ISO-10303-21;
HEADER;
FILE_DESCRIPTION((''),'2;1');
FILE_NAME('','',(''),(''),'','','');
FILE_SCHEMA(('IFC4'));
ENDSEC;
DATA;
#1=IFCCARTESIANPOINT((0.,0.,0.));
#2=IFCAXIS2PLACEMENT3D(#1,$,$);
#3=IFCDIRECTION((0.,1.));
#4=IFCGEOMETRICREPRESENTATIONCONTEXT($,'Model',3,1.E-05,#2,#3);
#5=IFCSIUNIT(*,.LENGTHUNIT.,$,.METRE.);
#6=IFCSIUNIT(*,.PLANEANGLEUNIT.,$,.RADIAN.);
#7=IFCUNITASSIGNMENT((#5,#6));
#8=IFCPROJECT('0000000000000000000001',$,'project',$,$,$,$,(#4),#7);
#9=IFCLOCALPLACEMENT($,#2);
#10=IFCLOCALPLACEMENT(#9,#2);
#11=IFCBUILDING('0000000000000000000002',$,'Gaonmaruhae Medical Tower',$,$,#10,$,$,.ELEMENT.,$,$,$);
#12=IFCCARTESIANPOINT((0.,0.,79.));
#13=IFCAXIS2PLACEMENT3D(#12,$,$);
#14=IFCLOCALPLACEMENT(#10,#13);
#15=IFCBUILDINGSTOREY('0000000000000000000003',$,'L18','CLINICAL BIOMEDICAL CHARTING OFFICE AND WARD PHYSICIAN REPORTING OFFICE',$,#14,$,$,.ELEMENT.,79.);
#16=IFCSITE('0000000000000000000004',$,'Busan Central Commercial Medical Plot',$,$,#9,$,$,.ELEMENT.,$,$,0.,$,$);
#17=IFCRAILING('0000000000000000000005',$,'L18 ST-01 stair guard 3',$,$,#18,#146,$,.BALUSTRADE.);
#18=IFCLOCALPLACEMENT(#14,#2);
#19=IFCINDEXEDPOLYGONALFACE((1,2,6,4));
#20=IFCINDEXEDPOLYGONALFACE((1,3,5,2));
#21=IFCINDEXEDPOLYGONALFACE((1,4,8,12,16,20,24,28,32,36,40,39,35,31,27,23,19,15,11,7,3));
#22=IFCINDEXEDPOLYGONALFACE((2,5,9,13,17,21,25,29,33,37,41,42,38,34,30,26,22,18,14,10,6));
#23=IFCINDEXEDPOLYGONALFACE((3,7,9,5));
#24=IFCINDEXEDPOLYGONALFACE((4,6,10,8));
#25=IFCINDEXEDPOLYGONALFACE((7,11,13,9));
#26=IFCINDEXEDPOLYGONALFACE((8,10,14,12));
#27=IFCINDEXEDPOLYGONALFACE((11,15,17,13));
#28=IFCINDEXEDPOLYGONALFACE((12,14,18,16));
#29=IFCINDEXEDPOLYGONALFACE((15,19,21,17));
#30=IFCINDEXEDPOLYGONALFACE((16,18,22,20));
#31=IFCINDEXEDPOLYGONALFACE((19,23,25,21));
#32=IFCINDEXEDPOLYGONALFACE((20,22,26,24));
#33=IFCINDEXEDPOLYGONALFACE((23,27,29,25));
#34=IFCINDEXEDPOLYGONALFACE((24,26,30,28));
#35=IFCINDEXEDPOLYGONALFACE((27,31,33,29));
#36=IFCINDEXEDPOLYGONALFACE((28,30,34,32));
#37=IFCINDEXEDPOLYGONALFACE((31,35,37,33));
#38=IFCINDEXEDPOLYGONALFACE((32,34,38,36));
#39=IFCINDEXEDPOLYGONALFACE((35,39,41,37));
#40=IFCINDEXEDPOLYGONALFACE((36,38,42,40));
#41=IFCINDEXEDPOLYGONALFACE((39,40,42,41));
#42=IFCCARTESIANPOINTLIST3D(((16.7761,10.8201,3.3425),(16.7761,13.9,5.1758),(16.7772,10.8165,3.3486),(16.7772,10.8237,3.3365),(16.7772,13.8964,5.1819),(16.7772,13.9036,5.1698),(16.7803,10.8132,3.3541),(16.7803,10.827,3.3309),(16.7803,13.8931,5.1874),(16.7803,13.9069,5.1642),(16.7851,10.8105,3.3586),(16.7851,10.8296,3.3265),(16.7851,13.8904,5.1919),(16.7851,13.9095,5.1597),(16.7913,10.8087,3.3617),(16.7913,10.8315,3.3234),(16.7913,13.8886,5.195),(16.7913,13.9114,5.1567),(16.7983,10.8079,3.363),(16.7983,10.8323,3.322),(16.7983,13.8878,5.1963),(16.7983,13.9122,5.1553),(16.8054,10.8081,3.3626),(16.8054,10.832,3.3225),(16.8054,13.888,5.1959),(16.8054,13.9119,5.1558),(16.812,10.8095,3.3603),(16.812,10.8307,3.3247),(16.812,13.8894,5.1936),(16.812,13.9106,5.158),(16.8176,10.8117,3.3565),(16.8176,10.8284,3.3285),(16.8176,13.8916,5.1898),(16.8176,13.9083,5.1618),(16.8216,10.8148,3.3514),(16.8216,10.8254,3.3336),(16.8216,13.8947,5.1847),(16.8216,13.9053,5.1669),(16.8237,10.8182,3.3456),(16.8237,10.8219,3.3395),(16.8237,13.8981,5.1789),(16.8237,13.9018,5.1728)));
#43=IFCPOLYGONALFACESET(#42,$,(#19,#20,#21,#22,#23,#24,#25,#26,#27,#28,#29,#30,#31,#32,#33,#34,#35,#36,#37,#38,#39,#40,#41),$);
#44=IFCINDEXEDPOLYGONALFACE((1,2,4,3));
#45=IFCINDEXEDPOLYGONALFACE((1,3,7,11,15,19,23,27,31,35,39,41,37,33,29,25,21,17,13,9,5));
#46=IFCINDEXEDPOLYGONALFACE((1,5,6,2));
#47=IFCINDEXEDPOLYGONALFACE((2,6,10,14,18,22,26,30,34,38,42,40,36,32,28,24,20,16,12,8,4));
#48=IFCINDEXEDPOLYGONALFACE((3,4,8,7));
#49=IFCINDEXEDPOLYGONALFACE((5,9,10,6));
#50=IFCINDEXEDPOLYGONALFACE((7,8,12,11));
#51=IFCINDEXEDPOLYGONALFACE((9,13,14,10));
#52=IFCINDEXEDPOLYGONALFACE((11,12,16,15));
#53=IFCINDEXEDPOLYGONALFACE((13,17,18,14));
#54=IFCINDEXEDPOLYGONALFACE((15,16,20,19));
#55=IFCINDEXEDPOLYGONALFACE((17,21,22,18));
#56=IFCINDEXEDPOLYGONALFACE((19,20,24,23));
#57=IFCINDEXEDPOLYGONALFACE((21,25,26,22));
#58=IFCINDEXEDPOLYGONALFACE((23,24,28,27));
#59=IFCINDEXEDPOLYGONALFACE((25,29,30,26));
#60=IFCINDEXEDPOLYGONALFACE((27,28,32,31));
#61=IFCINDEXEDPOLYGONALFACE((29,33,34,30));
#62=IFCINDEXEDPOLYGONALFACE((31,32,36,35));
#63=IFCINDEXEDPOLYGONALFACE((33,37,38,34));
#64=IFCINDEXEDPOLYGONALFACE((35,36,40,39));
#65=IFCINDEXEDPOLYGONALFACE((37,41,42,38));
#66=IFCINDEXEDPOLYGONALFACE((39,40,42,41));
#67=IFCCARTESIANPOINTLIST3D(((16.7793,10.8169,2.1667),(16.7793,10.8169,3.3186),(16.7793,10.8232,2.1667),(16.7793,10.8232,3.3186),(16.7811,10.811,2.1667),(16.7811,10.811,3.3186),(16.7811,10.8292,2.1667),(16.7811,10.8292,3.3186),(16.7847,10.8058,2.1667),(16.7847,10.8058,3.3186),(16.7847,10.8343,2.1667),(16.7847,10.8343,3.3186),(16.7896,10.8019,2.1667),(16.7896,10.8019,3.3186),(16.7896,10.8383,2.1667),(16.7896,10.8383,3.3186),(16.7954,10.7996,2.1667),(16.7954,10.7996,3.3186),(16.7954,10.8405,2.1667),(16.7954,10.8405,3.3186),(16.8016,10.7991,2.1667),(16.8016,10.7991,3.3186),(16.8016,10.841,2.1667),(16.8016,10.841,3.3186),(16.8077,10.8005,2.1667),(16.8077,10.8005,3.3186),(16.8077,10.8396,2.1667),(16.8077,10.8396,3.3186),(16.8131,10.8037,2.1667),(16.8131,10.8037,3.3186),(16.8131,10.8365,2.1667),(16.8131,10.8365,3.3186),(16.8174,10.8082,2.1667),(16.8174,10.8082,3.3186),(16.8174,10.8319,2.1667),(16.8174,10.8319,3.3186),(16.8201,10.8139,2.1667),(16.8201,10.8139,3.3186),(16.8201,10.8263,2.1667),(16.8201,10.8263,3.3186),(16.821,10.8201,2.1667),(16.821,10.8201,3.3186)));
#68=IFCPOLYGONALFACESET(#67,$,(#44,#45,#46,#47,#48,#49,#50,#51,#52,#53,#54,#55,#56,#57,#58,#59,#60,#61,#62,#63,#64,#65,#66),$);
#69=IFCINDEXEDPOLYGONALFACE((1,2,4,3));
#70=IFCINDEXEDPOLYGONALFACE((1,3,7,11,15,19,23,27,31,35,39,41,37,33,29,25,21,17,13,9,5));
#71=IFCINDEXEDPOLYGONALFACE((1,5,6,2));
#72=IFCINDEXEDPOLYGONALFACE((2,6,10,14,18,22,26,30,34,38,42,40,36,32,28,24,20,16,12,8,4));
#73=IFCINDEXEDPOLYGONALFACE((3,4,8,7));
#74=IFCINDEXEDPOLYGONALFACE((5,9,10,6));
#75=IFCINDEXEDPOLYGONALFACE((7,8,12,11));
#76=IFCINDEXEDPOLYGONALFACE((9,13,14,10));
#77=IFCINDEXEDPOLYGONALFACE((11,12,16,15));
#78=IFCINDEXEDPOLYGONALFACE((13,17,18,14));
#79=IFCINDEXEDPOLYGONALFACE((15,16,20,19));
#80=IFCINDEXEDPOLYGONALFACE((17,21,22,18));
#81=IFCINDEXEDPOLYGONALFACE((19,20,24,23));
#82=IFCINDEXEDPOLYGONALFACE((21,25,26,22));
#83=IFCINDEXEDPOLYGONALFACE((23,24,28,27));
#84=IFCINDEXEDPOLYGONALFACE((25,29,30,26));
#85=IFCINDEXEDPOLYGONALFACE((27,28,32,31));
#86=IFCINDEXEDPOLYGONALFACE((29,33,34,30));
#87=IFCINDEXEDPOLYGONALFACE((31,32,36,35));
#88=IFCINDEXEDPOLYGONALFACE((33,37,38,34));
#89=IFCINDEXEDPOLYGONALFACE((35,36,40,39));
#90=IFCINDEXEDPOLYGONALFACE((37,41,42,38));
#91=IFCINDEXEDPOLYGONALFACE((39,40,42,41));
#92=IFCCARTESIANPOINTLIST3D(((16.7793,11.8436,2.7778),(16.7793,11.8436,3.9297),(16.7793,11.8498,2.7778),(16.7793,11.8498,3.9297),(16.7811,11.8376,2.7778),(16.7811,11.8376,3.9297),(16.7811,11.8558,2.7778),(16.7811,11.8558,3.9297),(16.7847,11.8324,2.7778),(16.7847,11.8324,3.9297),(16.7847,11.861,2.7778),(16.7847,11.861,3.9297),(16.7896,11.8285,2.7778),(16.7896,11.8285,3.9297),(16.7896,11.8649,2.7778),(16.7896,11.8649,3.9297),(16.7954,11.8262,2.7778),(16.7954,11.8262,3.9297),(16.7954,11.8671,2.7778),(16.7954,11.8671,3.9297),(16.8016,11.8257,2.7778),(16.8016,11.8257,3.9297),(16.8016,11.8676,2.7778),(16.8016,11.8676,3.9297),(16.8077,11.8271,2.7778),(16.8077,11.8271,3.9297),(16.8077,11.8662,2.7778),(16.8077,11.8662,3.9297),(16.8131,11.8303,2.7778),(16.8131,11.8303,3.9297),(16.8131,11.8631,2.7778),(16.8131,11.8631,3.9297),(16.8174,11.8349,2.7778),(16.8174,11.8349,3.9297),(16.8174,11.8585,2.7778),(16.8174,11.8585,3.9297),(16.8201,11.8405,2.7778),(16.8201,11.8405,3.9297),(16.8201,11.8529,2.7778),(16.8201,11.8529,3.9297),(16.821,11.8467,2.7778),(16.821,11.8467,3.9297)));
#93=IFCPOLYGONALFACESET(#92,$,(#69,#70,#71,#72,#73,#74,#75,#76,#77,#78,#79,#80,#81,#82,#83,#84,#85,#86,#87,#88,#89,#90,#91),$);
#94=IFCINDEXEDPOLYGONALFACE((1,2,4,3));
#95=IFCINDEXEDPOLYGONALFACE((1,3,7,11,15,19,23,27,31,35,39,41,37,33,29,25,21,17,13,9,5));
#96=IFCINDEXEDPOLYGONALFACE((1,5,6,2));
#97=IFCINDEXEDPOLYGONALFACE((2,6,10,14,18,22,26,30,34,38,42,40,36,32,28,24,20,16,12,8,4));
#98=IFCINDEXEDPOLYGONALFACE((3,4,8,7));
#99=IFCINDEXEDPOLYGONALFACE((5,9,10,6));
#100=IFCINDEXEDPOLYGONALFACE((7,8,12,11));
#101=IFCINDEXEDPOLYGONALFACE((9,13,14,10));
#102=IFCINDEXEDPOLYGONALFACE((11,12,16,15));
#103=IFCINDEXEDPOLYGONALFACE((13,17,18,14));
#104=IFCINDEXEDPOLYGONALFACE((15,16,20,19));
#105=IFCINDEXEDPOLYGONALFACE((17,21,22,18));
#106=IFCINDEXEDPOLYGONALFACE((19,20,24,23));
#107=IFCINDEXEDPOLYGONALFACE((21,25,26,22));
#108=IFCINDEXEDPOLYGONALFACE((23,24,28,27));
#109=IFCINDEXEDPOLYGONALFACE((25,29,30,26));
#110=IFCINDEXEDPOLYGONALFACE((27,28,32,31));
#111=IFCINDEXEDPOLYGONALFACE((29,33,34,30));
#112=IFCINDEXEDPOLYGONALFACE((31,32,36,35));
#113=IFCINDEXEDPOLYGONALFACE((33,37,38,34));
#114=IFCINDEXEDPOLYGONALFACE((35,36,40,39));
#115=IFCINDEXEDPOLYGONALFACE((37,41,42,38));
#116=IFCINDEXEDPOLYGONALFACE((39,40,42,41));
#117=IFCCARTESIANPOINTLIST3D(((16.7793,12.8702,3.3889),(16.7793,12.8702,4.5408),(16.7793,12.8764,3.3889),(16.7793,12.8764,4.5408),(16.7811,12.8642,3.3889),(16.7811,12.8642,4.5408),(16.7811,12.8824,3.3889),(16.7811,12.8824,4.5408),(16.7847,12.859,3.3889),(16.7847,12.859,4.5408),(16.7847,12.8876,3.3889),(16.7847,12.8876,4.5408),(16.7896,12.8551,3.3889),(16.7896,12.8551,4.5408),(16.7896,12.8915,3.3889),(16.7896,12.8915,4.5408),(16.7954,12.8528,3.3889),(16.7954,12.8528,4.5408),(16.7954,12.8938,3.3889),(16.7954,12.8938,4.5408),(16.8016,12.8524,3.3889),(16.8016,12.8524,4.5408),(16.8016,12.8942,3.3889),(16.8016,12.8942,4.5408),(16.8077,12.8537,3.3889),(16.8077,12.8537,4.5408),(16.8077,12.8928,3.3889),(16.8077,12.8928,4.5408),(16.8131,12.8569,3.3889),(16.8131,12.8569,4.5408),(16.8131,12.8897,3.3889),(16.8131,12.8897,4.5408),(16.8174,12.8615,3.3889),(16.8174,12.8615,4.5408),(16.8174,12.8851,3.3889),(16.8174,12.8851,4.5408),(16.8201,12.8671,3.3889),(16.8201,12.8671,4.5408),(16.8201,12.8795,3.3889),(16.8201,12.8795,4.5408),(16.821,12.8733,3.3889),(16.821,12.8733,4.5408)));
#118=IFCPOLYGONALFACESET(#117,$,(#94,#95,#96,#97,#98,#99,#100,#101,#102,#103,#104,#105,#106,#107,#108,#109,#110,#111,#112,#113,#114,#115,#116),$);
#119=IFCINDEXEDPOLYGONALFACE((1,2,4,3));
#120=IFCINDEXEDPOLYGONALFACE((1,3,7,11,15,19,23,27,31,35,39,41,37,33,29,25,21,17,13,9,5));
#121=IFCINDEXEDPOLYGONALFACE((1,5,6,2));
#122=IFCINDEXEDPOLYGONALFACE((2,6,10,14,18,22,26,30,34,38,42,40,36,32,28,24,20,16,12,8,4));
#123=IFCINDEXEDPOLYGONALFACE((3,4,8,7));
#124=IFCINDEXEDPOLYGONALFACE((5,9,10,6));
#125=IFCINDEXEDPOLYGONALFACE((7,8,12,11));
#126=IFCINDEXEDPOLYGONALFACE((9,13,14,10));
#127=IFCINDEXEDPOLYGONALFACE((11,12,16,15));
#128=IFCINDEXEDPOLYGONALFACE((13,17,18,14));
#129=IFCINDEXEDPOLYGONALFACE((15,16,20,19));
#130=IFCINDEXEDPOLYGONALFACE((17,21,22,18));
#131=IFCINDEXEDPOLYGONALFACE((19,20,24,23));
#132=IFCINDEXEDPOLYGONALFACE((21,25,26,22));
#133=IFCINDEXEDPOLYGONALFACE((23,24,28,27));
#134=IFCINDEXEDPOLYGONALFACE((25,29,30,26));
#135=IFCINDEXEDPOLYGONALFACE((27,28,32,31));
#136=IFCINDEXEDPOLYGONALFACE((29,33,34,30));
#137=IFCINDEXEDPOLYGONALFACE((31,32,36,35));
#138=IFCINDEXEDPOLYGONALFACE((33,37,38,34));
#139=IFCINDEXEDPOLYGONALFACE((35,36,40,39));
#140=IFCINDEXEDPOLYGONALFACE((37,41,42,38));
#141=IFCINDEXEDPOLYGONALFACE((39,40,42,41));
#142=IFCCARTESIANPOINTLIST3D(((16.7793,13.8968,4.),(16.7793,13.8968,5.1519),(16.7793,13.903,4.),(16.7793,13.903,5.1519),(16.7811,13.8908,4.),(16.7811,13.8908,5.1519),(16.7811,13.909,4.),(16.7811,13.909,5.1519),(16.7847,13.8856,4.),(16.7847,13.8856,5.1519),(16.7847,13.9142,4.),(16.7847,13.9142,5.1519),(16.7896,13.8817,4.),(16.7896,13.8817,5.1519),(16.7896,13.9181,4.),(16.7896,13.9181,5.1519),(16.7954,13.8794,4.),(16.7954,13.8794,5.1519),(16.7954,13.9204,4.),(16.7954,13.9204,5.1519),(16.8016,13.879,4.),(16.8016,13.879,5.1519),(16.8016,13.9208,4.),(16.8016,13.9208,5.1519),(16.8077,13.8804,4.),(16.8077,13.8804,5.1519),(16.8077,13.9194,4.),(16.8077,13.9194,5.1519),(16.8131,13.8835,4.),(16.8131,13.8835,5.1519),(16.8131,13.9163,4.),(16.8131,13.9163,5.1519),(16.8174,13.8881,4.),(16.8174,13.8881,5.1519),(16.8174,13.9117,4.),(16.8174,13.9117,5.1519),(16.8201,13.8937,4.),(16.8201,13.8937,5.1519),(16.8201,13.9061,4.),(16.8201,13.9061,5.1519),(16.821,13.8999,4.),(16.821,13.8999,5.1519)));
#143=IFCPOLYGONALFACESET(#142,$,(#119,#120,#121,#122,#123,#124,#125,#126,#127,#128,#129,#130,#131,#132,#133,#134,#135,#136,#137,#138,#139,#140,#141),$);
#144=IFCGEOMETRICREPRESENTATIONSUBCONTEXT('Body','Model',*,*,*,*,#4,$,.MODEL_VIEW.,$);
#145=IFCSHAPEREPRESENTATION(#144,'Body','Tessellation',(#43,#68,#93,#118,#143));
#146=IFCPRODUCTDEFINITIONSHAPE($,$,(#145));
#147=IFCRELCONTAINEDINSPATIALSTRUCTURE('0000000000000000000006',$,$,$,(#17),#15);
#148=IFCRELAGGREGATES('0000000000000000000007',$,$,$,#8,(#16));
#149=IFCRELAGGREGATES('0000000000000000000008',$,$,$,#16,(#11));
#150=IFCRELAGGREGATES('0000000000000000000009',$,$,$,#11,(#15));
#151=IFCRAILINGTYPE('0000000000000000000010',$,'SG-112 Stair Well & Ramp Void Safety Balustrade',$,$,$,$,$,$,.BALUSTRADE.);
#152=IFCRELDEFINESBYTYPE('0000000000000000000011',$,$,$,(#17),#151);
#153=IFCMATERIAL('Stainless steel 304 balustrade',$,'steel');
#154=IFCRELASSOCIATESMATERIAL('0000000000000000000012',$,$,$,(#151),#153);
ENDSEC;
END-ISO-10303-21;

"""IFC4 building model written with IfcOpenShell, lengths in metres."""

from ifc_helpers import new_model, si_unit, direction, frame, origin, origin_2d, place, context, subcontext, project, spatial, circle, extrude, material, type_object, element, save


model = new_model("IFC4")

# Units and contexts
model_context = context("Model", 3, precision=1e-05, world=origin(), true_north=direction((0.0, 1.0)))
body_context = subcontext(model_context, "Body", "Model", "MODEL_VIEW")
ifc_project = project(units=[si_unit("LENGTHUNIT", "METRE"), si_unit("PLANEANGLEUNIT", "RADIAN")], contexts=[model_context])

# Site, building, storey
site_placement = place(None, origin())
site = spatial("IfcSite", under=ifc_project, at=site_placement, Name="Busan Central Commercial Medical Plot", CompositionType="ELEMENT", RefElevation=0.0)
building_placement = place(site_placement, origin())
building = spatial("IfcBuilding", under=site, at=building_placement, Name="Gaonmaruhae Medical Tower", CompositionType="ELEMENT")
storey_placement = place(building_placement, frame((0.0, 0.0, 79.0)))
storey = spatial("IfcBuildingStorey", under=building, at=storey_placement, Name="L18", Description="CLINICAL BIOMEDICAL CHARTING OFFICE AND WARD PHYSICIAN REPORTING OFFICE", CompositionType="ELEMENT", Elevation=79.0)

# Railing
ifc_material_1 = material(Name="Stainless steel 304 balustrade", Category="steel")
railing_type_1 = type_object("IfcRailingType", Name="SG-112 Stair Well & Ramp Void Safety Balustrade", PredefinedType="BALUSTRADE", material=ifc_material_1)
railing_1_placement = place(storey_placement, frame((16.8, 10.8201, 2.1667)))
element("IfcRailing", 1, at=railing_1_placement, inside=storey, type_object=railing_type_1, Name="L18 ST-01 stair guard 3", PredefinedType="BALUSTRADE", context=body_context, shape_type="SweptSolid", body=[
    extrude(circle(Radius=0.0239, at=origin_2d()), frame((0.0, 0.0, 1.1758), z_axis=(0.0, 0.859291, 0.511487), x_axis=(-1.0, 0.0, 0.0)), (0.0, 0.0, 1.0), 3.5842),
    extrude(circle(Radius=0.021, at=origin_2d()), origin(), (0.0, 0.0, 1.0), 1.1519),
    extrude(circle(Radius=0.021, at=origin_2d()), frame((0.0, 1.0266, 0.6111)), (0.0, 0.0, 1.0), 1.1519),
    extrude(circle(Radius=0.021, at=origin_2d()), frame((0.0, 2.0532, 1.2222)), (0.0, 0.0, 1.0), 1.1519),
    extrude(circle(Radius=0.021, at=origin_2d()), frame((0.0, 3.0798, 1.8333)), (0.0, 0.0, 1.0), 1.1519),
])

save(model, "model.ifc")
